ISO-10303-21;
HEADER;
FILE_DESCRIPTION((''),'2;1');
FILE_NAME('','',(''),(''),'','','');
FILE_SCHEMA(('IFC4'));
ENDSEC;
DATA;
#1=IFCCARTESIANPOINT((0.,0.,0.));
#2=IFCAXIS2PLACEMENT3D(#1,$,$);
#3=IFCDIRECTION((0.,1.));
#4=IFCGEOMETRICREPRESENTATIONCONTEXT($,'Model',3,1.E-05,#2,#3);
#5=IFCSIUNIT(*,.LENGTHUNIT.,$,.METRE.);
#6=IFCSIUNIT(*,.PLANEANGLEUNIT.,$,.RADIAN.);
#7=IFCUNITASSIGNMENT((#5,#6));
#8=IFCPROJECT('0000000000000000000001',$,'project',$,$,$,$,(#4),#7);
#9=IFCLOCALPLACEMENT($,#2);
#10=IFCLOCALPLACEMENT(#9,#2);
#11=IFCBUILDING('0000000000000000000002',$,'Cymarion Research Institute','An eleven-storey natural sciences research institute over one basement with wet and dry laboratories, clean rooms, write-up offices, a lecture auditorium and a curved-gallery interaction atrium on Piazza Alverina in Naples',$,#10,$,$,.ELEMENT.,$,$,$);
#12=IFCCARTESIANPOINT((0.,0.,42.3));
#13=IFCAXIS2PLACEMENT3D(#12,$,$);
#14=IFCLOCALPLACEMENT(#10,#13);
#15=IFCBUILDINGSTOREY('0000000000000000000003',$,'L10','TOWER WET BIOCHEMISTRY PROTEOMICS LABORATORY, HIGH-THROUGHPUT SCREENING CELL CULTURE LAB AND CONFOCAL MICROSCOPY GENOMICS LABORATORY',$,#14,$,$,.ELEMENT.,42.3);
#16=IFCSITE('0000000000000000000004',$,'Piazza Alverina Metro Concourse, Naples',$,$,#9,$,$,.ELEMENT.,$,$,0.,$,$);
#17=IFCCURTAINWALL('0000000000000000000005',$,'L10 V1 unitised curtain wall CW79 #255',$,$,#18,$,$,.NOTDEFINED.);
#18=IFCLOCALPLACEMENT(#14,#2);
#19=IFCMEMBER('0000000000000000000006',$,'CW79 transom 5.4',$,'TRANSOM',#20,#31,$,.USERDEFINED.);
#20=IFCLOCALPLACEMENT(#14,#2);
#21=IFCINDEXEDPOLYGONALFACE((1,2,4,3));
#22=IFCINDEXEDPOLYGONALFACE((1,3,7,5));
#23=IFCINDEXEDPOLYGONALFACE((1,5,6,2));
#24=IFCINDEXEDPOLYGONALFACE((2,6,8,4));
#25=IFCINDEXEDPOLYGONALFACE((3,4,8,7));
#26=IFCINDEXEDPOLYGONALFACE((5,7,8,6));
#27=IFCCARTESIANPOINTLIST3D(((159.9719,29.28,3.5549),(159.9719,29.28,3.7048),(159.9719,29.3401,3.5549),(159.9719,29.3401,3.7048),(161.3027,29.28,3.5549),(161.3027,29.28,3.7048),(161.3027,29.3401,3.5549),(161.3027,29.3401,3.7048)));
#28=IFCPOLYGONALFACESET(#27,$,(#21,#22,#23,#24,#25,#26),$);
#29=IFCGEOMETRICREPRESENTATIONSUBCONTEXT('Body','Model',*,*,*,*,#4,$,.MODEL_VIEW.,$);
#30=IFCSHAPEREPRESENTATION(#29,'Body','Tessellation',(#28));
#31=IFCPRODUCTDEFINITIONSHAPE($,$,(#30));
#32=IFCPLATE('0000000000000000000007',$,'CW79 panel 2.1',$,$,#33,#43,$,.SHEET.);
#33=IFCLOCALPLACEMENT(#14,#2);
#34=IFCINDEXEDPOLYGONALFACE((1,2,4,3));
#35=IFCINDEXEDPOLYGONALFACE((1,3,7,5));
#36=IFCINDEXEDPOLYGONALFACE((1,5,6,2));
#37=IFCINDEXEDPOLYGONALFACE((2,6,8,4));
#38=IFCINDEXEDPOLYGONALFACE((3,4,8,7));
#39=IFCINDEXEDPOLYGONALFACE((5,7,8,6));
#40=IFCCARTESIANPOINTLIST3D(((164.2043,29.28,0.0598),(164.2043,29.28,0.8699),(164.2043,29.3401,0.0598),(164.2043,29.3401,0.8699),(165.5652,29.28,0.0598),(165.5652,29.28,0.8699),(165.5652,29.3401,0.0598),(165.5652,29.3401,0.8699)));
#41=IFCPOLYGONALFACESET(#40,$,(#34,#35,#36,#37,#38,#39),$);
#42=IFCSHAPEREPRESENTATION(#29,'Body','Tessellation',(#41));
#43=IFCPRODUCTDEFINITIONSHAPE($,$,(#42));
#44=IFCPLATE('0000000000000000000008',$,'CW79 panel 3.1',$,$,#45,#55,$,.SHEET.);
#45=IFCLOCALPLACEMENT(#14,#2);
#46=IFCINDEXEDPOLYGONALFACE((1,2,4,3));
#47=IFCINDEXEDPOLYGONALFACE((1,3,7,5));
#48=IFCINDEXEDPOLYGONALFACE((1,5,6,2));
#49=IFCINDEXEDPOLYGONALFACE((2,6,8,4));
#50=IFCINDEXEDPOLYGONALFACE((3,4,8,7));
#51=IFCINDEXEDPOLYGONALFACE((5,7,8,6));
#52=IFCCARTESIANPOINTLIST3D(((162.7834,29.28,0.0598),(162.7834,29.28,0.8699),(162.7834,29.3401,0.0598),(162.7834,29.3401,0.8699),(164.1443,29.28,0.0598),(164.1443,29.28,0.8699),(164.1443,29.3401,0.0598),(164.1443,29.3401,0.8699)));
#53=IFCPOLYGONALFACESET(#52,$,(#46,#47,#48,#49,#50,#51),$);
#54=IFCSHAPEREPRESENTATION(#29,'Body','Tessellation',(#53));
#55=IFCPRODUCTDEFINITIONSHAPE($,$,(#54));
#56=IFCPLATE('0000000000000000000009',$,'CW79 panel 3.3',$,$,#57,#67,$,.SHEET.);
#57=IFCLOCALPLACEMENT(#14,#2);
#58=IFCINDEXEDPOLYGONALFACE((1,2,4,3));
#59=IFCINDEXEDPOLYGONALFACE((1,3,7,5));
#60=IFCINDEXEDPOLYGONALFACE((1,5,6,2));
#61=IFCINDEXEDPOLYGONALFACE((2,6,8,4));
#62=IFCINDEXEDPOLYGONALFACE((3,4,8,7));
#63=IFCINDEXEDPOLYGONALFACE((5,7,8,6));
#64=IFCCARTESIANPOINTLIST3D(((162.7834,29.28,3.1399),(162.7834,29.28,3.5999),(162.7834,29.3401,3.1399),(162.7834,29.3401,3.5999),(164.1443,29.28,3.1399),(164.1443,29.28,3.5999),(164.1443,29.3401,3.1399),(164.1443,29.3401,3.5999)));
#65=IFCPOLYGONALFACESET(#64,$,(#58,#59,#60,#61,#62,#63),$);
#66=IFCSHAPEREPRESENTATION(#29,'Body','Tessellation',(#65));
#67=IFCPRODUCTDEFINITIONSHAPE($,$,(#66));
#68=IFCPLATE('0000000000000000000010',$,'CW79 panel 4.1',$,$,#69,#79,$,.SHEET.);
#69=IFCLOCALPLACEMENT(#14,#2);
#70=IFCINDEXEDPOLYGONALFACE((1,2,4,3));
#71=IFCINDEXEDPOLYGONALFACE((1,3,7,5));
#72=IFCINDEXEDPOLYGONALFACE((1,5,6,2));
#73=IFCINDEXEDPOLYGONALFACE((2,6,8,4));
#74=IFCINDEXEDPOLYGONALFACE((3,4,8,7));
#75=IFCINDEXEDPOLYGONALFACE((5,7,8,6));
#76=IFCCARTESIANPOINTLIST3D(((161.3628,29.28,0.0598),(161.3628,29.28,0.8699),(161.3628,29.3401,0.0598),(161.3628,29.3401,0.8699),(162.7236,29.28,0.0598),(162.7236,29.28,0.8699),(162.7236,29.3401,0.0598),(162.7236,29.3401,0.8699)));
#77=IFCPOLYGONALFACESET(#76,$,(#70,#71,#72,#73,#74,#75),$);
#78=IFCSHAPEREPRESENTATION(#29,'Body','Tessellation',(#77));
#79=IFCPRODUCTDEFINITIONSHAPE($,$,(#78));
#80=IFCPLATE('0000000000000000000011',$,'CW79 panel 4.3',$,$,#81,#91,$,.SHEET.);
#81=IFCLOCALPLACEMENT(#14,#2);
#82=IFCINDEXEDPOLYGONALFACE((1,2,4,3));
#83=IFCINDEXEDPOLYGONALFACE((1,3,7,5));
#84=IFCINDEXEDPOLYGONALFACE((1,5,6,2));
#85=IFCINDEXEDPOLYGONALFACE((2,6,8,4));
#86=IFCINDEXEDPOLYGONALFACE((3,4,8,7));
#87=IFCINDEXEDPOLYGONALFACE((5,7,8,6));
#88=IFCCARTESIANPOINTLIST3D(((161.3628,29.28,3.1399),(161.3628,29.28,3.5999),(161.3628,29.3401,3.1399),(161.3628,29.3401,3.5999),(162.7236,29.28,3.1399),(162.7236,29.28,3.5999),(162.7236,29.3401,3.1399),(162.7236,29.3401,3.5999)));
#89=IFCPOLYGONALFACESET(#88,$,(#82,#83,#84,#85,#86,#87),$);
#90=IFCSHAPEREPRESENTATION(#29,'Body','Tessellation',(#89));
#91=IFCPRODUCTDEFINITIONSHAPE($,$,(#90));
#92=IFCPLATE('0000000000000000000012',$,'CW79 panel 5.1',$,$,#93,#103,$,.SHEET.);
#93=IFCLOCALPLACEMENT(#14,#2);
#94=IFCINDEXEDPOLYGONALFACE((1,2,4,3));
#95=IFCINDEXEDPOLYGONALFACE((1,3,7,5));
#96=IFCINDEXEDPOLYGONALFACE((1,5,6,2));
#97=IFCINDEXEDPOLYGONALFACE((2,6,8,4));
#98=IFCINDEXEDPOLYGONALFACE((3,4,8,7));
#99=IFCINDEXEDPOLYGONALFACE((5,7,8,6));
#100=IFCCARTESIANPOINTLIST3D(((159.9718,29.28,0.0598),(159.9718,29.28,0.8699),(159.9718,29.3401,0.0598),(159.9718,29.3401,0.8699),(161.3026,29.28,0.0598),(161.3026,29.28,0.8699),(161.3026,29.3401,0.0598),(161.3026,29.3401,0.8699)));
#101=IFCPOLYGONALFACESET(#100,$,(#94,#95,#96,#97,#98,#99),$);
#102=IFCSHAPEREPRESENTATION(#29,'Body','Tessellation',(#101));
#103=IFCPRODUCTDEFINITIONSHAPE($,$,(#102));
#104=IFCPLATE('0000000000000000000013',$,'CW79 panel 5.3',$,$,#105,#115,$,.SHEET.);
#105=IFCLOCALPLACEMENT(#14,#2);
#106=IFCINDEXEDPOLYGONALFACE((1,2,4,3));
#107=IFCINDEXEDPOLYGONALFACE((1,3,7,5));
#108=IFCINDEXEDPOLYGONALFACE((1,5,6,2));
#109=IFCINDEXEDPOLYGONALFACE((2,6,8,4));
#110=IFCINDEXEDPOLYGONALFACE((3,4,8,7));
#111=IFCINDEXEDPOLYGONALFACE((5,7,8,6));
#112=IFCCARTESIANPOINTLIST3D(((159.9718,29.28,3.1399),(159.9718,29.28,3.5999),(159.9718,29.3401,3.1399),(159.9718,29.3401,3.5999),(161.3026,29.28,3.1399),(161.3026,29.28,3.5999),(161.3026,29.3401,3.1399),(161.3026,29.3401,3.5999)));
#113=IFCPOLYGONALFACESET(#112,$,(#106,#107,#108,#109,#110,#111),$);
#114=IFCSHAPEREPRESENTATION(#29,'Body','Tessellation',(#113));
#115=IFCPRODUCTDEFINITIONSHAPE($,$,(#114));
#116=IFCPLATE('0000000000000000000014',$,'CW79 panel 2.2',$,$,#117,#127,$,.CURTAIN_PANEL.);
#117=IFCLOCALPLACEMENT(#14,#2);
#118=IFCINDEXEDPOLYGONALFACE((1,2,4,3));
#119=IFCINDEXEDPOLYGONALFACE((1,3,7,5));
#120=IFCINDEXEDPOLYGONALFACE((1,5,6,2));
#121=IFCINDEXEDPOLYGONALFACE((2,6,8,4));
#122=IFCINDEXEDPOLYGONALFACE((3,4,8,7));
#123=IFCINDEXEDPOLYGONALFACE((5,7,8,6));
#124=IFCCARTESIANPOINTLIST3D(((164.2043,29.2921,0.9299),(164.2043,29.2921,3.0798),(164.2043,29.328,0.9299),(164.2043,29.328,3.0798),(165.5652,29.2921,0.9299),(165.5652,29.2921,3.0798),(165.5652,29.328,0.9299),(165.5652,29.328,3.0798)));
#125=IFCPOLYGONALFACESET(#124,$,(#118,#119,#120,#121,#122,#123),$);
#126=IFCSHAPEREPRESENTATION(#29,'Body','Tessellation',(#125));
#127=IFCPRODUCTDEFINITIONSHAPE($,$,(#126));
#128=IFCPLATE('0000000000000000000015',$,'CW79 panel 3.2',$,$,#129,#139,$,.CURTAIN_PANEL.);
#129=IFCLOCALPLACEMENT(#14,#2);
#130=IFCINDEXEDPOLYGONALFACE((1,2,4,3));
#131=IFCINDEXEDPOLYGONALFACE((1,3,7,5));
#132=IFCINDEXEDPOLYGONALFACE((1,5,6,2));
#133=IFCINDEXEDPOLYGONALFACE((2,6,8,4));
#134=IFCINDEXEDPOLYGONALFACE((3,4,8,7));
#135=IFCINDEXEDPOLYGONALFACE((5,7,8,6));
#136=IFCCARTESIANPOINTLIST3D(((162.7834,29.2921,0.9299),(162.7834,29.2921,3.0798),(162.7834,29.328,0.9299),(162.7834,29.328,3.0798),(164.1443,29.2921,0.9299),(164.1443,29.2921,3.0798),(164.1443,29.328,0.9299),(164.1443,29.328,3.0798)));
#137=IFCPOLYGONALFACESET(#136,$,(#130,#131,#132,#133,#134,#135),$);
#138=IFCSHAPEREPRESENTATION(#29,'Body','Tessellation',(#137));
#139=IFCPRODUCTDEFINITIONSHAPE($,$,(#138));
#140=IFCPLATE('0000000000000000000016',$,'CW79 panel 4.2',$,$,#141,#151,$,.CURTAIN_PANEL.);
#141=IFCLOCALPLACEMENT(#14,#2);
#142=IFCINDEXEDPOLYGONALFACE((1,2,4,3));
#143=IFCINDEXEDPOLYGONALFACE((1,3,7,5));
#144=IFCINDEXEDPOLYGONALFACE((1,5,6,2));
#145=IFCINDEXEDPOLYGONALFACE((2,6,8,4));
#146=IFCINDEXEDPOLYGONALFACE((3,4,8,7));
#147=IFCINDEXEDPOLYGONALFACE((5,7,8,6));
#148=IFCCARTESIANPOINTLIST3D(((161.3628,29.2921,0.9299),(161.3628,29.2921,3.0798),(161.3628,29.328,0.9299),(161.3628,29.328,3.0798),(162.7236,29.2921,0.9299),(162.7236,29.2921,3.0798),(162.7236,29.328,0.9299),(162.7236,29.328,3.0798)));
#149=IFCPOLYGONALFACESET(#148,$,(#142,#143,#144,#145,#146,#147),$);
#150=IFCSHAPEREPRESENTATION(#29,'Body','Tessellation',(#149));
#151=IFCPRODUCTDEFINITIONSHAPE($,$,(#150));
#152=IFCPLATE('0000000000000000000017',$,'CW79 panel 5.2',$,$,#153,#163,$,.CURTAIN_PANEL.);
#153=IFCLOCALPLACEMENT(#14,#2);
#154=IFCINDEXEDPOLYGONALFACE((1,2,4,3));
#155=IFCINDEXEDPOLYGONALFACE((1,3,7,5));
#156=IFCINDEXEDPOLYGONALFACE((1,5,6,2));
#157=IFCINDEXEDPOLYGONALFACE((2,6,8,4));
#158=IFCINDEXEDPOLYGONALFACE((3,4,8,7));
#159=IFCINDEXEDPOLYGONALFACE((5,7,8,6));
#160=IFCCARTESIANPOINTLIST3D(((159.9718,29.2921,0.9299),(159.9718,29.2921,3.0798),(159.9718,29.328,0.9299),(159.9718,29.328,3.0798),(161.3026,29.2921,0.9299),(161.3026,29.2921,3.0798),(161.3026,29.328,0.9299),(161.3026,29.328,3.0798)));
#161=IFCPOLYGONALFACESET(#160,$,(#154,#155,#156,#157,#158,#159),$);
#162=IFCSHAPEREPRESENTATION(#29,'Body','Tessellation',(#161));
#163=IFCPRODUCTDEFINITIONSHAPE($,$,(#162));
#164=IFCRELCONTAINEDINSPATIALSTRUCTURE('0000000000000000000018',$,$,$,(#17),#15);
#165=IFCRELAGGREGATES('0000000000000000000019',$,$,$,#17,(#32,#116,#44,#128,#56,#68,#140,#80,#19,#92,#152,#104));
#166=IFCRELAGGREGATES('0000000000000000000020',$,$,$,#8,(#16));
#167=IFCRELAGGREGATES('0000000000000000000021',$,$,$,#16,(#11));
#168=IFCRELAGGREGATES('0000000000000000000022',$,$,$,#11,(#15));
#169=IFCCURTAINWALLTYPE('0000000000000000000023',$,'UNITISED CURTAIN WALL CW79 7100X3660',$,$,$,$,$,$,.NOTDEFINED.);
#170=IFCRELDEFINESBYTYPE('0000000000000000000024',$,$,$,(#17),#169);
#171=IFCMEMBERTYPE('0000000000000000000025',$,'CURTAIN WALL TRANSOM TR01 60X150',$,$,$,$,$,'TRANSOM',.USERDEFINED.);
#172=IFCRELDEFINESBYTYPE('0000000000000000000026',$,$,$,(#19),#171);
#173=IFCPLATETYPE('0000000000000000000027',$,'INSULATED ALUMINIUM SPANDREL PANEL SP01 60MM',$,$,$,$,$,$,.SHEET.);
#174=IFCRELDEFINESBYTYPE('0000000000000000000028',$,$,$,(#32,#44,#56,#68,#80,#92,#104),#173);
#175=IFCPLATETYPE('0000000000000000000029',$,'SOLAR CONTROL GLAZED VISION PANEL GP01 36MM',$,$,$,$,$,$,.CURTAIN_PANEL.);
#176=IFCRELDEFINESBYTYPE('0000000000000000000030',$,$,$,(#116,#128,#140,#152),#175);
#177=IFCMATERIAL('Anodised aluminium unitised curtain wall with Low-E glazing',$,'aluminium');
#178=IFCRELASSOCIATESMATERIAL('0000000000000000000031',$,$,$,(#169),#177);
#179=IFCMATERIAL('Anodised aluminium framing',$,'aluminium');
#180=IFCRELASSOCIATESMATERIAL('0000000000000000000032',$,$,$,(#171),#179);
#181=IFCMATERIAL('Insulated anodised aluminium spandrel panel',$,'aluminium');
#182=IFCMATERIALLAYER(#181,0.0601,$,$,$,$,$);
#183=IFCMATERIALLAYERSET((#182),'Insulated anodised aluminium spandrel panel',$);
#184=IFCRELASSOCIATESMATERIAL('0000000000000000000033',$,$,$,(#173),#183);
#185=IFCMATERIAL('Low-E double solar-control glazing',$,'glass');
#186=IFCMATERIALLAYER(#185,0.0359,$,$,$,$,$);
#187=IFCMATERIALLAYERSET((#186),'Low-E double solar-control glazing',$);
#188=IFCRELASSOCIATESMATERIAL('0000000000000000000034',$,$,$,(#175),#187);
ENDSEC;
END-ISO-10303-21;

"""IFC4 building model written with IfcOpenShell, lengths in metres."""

from ifc_helpers import new_model, si_unit, direction, frame, origin, origin_2d, place, context, subcontext, project, spatial, rectangle, extrude, material, layer, layer_set, material_profile, profile_set, type_object, element, aggregate, save


model = new_model("IFC4")

# Units and contexts
model_context = context("Model", 3, precision=1e-05, world=origin(), true_north=direction((0.0, 1.0)))
body_context = subcontext(model_context, "Body", "Model", "MODEL_VIEW")
ifc_project = project(units=[si_unit("LENGTHUNIT", "METRE"), si_unit("PLANEANGLEUNIT", "RADIAN")], contexts=[model_context])

# Site, building, storey
site_placement = place(None, origin())
site = spatial("IfcSite", under=ifc_project, at=site_placement, Name="Piazza Alverina Metro Concourse, Naples", CompositionType="ELEMENT", RefElevation=0.0)
building_placement = place(site_placement, origin())
building = spatial("IfcBuilding", under=site, at=building_placement, Name="Cymarion Research Institute", Description="An eleven-storey natural sciences research institute over one basement with wet and dry laboratories, clean rooms, write-up offices, a lecture auditorium and a curved-gallery interaction atrium on Piazza Alverina in Naples", CompositionType="ELEMENT")
storey_placement = place(building_placement, frame((0.0, 0.0, 42.3)))
storey = spatial("IfcBuildingStorey", under=building, at=storey_placement, Name="L10", Description="TOWER WET BIOCHEMISTRY PROTEOMICS LABORATORY, HIGH-THROUGHPUT SCREENING CELL CULTURE LAB AND CONFOCAL MICROSCOPY GENOMICS LABORATORY", CompositionType="ELEMENT", Elevation=42.3)

# Curtain wall, member, plates
ifc_material_1 = material(Name="Anodised aluminium unitised curtain wall with Low-E glazing", Category="aluminium")
curtain_wall_type = type_object("IfcCurtainWallType", Name="UNITISED CURTAIN WALL CW79 7100X3660", PredefinedType="NOTDEFINED", material=ifc_material_1)
curtain_wall_placement = place(storey_placement, origin())
curtain_wall = element("IfcCurtainWall", 1, at=curtain_wall_placement, inside=storey, type_object=curtain_wall_type, Name="L10 V1 unitised curtain wall CW79 #255", PredefinedType="NOTDEFINED")
ifc_material_2 = material(Name="Anodised aluminium framing", Category="aluminium")
ifc_material_profile_1 = material_profile(ifc_material_2, rectangle(XDim=0.0601, YDim=0.1499, at=origin_2d()), Name="ALU TRANSOM 60x150")
ifc_profile_set_1 = profile_set([ifc_material_profile_1], Name="Anodised aluminium framing")
member_type_1 = type_object("IfcMemberType", Name="CURTAIN WALL TRANSOM TR01 60X150", ElementType="TRANSOM", PredefinedType="USERDEFINED", material=ifc_profile_set_1)
member_1_placement = place(storey_placement, frame((161.3027, 29.3101, 3.6299), z_axis=(-1.0, 0.0, 0.0), x_axis=(0.0, -1.0, 0.0)))
member_1 = element("IfcMember", 2, at=member_1_placement, type_object=member_type_1, Name="CW79 transom 5.4", ObjectType="TRANSOM", PredefinedType="USERDEFINED", context=body_context, shape_type="SweptSolid", body=[
    extrude(rectangle(XDim=0.0601, YDim=0.1499, at=origin_2d()), origin(), (0.0, 0.0, 1.0), 1.3308),
])
ifc_material_3 = material(Name="Insulated anodised aluminium spandrel panel", Category="aluminium")
ifc_layer_1 = layer(ifc_material_3, 0.0601)
ifc_layer_set_1 = layer_set([ifc_layer_1], Name="Insulated anodised aluminium spandrel panel")
plate_type_1 = type_object("IfcPlateType", Name="INSULATED ALUMINIUM SPANDREL PANEL SP01 60MM", PredefinedType="SHEET", material=ifc_layer_set_1)
plate_1_placement = place(storey_placement, frame((164.8848, 29.3101, 0.0598), z_axis=(0.0, 0.0, 1.0), x_axis=(-1.0, 0.0, 0.0)))
plate_1 = element("IfcPlate", 3, at=plate_1_placement, type_object=plate_type_1, Name="CW79 panel 2.1", PredefinedType="SHEET", context=body_context, shape_type="SweptSolid", body=[
    extrude(rectangle(XDim=1.3608, YDim=0.0601, at=origin_2d()), origin(), (0.0, 0.0, 1.0), 0.8101),
])
plate_2_placement = place(storey_placement, frame((163.4639, 29.3101, 0.0598), z_axis=(0.0, 0.0, 1.0), x_axis=(-1.0, 0.0, 0.0)))
plate_2 = element("IfcPlate", 4, at=plate_2_placement, type_object=plate_type_1, Name="CW79 panel 3.1", PredefinedType="SHEET", context=body_context, shape_type="SweptSolid", body=[
    extrude(rectangle(XDim=1.3608, YDim=0.0601, at=origin_2d()), origin(), (0.0, 0.0, 1.0), 0.8101),
])
plate_3_placement = place(storey_placement, frame((163.4639, 29.3101, 3.1399), z_axis=(0.0, 0.0, 1.0), x_axis=(-1.0, 0.0, 0.0)))
plate_3 = element("IfcPlate", 5, at=plate_3_placement, type_object=plate_type_1, Name="CW79 panel 3.3", PredefinedType="SHEET", context=body_context, shape_type="SweptSolid", body=[
    extrude(rectangle(XDim=1.3608, YDim=0.0601, at=origin_2d()), origin(), (0.0, 0.0, 1.0), 0.46),
])
plate_4_placement = place(storey_placement, frame((162.0432, 29.3101, 0.0598), z_axis=(0.0, 0.0, 1.0), x_axis=(-1.0, 0.0, 0.0)))
plate_4 = element("IfcPlate", 6, at=plate_4_placement, type_object=plate_type_1, Name="CW79 panel 4.1", PredefinedType="SHEET", context=body_context, shape_type="SweptSolid", body=[
    extrude(rectangle(XDim=1.3608, YDim=0.0601, at=origin_2d()), origin(), (0.0, 0.0, 1.0), 0.8101),
])
plate_5_placement = place(storey_placement, frame((162.0432, 29.3101, 3.1399), z_axis=(0.0, 0.0, 1.0), x_axis=(-1.0, 0.0, 0.0)))
plate_5 = element("IfcPlate", 7, at=plate_5_placement, type_object=plate_type_1, Name="CW79 panel 4.3", PredefinedType="SHEET", context=body_context, shape_type="SweptSolid", body=[
    extrude(rectangle(XDim=1.3608, YDim=0.0601, at=origin_2d()), origin(), (0.0, 0.0, 1.0), 0.46),
])
plate_6_placement = place(storey_placement, frame((160.6372, 29.3101, 0.0598), z_axis=(0.0, 0.0, 1.0), x_axis=(-1.0, 0.0, 0.0)))
plate_6 = element("IfcPlate", 8, at=plate_6_placement, type_object=plate_type_1, Name="CW79 panel 5.1", PredefinedType="SHEET", context=body_context, shape_type="SweptSolid", body=[
    extrude(rectangle(XDim=1.3308, YDim=0.0601, at=origin_2d()), origin(), (0.0, 0.0, 1.0), 0.8101),
])
plate_7_placement = place(storey_placement, frame((160.6372, 29.3101, 3.1399), z_axis=(0.0, 0.0, 1.0), x_axis=(-1.0, 0.0, 0.0)))
plate_7 = element("IfcPlate", 9, at=plate_7_placement, type_object=plate_type_1, Name="CW79 panel 5.3", PredefinedType="SHEET", context=body_context, shape_type="SweptSolid", body=[
    extrude(rectangle(XDim=1.3308, YDim=0.0601, at=origin_2d()), origin(), (0.0, 0.0, 1.0), 0.46),
])
ifc_material_4 = material(Name="Low-E double solar-control glazing", Category="glass")
ifc_layer_2 = layer(ifc_material_4, 0.0359)
ifc_layer_set_2 = layer_set([ifc_layer_2], Name="Low-E double solar-control glazing")
plate_type_2 = type_object("IfcPlateType", Name="SOLAR CONTROL GLAZED VISION PANEL GP01 36MM", PredefinedType="CURTAIN_PANEL", material=ifc_layer_set_2)
plate_8_placement = place(storey_placement, frame((164.8848, 29.3101, 0.9299), z_axis=(0.0, 0.0, 1.0), x_axis=(-1.0, 0.0, 0.0)))
plate_8 = element("IfcPlate", 10, at=plate_8_placement, type_object=plate_type_2, Name="CW79 panel 2.2", PredefinedType="CURTAIN_PANEL", context=body_context, shape_type="SweptSolid", body=[
    extrude(rectangle(XDim=1.3608, YDim=0.0359, at=origin_2d()), origin(), (0.0, 0.0, 1.0), 2.1499),
])
plate_9_placement = place(storey_placement, frame((163.4639, 29.3101, 0.9299), z_axis=(0.0, 0.0, 1.0), x_axis=(-1.0, 0.0, 0.0)))
plate_9 = element("IfcPlate", 11, at=plate_9_placement, type_object=plate_type_2, Name="CW79 panel 3.2", PredefinedType="CURTAIN_PANEL", context=body_context, shape_type="SweptSolid", body=[
    extrude(rectangle(XDim=1.3608, YDim=0.0359, at=origin_2d()), origin(), (0.0, 0.0, 1.0), 2.1499),
])
plate_10_placement = place(storey_placement, frame((162.0432, 29.3101, 0.9299), z_axis=(0.0, 0.0, 1.0), x_axis=(-1.0, 0.0, 0.0)))
plate_10 = element("IfcPlate", 12, at=plate_10_placement, type_object=plate_type_2, Name="CW79 panel 4.2", PredefinedType="CURTAIN_PANEL", context=body_context, shape_type="SweptSolid", body=[
    extrude(rectangle(XDim=1.3608, YDim=0.0359, at=origin_2d()), origin(), (0.0, 0.0, 1.0), 2.1499),
])
plate_11_placement = place(storey_placement, frame((160.6372, 29.3101, 0.9299), z_axis=(0.0, 0.0, 1.0), x_axis=(-1.0, 0.0, 0.0)))
plate_11 = element("IfcPlate", 13, at=plate_11_placement, type_object=plate_type_2, Name="CW79 panel 5.2", PredefinedType="CURTAIN_PANEL", context=body_context, shape_type="SweptSolid", body=[
    extrude(rectangle(XDim=1.3308, YDim=0.0359, at=origin_2d()), origin(), (0.0, 0.0, 1.0), 2.1499),
])
aggregate(curtain_wall, [plate_1, plate_8, plate_2, plate_9, plate_3, plate_4, plate_10, plate_5, member_1, plate_6, plate_11, plate_7])

save(model, "model.ifc")
